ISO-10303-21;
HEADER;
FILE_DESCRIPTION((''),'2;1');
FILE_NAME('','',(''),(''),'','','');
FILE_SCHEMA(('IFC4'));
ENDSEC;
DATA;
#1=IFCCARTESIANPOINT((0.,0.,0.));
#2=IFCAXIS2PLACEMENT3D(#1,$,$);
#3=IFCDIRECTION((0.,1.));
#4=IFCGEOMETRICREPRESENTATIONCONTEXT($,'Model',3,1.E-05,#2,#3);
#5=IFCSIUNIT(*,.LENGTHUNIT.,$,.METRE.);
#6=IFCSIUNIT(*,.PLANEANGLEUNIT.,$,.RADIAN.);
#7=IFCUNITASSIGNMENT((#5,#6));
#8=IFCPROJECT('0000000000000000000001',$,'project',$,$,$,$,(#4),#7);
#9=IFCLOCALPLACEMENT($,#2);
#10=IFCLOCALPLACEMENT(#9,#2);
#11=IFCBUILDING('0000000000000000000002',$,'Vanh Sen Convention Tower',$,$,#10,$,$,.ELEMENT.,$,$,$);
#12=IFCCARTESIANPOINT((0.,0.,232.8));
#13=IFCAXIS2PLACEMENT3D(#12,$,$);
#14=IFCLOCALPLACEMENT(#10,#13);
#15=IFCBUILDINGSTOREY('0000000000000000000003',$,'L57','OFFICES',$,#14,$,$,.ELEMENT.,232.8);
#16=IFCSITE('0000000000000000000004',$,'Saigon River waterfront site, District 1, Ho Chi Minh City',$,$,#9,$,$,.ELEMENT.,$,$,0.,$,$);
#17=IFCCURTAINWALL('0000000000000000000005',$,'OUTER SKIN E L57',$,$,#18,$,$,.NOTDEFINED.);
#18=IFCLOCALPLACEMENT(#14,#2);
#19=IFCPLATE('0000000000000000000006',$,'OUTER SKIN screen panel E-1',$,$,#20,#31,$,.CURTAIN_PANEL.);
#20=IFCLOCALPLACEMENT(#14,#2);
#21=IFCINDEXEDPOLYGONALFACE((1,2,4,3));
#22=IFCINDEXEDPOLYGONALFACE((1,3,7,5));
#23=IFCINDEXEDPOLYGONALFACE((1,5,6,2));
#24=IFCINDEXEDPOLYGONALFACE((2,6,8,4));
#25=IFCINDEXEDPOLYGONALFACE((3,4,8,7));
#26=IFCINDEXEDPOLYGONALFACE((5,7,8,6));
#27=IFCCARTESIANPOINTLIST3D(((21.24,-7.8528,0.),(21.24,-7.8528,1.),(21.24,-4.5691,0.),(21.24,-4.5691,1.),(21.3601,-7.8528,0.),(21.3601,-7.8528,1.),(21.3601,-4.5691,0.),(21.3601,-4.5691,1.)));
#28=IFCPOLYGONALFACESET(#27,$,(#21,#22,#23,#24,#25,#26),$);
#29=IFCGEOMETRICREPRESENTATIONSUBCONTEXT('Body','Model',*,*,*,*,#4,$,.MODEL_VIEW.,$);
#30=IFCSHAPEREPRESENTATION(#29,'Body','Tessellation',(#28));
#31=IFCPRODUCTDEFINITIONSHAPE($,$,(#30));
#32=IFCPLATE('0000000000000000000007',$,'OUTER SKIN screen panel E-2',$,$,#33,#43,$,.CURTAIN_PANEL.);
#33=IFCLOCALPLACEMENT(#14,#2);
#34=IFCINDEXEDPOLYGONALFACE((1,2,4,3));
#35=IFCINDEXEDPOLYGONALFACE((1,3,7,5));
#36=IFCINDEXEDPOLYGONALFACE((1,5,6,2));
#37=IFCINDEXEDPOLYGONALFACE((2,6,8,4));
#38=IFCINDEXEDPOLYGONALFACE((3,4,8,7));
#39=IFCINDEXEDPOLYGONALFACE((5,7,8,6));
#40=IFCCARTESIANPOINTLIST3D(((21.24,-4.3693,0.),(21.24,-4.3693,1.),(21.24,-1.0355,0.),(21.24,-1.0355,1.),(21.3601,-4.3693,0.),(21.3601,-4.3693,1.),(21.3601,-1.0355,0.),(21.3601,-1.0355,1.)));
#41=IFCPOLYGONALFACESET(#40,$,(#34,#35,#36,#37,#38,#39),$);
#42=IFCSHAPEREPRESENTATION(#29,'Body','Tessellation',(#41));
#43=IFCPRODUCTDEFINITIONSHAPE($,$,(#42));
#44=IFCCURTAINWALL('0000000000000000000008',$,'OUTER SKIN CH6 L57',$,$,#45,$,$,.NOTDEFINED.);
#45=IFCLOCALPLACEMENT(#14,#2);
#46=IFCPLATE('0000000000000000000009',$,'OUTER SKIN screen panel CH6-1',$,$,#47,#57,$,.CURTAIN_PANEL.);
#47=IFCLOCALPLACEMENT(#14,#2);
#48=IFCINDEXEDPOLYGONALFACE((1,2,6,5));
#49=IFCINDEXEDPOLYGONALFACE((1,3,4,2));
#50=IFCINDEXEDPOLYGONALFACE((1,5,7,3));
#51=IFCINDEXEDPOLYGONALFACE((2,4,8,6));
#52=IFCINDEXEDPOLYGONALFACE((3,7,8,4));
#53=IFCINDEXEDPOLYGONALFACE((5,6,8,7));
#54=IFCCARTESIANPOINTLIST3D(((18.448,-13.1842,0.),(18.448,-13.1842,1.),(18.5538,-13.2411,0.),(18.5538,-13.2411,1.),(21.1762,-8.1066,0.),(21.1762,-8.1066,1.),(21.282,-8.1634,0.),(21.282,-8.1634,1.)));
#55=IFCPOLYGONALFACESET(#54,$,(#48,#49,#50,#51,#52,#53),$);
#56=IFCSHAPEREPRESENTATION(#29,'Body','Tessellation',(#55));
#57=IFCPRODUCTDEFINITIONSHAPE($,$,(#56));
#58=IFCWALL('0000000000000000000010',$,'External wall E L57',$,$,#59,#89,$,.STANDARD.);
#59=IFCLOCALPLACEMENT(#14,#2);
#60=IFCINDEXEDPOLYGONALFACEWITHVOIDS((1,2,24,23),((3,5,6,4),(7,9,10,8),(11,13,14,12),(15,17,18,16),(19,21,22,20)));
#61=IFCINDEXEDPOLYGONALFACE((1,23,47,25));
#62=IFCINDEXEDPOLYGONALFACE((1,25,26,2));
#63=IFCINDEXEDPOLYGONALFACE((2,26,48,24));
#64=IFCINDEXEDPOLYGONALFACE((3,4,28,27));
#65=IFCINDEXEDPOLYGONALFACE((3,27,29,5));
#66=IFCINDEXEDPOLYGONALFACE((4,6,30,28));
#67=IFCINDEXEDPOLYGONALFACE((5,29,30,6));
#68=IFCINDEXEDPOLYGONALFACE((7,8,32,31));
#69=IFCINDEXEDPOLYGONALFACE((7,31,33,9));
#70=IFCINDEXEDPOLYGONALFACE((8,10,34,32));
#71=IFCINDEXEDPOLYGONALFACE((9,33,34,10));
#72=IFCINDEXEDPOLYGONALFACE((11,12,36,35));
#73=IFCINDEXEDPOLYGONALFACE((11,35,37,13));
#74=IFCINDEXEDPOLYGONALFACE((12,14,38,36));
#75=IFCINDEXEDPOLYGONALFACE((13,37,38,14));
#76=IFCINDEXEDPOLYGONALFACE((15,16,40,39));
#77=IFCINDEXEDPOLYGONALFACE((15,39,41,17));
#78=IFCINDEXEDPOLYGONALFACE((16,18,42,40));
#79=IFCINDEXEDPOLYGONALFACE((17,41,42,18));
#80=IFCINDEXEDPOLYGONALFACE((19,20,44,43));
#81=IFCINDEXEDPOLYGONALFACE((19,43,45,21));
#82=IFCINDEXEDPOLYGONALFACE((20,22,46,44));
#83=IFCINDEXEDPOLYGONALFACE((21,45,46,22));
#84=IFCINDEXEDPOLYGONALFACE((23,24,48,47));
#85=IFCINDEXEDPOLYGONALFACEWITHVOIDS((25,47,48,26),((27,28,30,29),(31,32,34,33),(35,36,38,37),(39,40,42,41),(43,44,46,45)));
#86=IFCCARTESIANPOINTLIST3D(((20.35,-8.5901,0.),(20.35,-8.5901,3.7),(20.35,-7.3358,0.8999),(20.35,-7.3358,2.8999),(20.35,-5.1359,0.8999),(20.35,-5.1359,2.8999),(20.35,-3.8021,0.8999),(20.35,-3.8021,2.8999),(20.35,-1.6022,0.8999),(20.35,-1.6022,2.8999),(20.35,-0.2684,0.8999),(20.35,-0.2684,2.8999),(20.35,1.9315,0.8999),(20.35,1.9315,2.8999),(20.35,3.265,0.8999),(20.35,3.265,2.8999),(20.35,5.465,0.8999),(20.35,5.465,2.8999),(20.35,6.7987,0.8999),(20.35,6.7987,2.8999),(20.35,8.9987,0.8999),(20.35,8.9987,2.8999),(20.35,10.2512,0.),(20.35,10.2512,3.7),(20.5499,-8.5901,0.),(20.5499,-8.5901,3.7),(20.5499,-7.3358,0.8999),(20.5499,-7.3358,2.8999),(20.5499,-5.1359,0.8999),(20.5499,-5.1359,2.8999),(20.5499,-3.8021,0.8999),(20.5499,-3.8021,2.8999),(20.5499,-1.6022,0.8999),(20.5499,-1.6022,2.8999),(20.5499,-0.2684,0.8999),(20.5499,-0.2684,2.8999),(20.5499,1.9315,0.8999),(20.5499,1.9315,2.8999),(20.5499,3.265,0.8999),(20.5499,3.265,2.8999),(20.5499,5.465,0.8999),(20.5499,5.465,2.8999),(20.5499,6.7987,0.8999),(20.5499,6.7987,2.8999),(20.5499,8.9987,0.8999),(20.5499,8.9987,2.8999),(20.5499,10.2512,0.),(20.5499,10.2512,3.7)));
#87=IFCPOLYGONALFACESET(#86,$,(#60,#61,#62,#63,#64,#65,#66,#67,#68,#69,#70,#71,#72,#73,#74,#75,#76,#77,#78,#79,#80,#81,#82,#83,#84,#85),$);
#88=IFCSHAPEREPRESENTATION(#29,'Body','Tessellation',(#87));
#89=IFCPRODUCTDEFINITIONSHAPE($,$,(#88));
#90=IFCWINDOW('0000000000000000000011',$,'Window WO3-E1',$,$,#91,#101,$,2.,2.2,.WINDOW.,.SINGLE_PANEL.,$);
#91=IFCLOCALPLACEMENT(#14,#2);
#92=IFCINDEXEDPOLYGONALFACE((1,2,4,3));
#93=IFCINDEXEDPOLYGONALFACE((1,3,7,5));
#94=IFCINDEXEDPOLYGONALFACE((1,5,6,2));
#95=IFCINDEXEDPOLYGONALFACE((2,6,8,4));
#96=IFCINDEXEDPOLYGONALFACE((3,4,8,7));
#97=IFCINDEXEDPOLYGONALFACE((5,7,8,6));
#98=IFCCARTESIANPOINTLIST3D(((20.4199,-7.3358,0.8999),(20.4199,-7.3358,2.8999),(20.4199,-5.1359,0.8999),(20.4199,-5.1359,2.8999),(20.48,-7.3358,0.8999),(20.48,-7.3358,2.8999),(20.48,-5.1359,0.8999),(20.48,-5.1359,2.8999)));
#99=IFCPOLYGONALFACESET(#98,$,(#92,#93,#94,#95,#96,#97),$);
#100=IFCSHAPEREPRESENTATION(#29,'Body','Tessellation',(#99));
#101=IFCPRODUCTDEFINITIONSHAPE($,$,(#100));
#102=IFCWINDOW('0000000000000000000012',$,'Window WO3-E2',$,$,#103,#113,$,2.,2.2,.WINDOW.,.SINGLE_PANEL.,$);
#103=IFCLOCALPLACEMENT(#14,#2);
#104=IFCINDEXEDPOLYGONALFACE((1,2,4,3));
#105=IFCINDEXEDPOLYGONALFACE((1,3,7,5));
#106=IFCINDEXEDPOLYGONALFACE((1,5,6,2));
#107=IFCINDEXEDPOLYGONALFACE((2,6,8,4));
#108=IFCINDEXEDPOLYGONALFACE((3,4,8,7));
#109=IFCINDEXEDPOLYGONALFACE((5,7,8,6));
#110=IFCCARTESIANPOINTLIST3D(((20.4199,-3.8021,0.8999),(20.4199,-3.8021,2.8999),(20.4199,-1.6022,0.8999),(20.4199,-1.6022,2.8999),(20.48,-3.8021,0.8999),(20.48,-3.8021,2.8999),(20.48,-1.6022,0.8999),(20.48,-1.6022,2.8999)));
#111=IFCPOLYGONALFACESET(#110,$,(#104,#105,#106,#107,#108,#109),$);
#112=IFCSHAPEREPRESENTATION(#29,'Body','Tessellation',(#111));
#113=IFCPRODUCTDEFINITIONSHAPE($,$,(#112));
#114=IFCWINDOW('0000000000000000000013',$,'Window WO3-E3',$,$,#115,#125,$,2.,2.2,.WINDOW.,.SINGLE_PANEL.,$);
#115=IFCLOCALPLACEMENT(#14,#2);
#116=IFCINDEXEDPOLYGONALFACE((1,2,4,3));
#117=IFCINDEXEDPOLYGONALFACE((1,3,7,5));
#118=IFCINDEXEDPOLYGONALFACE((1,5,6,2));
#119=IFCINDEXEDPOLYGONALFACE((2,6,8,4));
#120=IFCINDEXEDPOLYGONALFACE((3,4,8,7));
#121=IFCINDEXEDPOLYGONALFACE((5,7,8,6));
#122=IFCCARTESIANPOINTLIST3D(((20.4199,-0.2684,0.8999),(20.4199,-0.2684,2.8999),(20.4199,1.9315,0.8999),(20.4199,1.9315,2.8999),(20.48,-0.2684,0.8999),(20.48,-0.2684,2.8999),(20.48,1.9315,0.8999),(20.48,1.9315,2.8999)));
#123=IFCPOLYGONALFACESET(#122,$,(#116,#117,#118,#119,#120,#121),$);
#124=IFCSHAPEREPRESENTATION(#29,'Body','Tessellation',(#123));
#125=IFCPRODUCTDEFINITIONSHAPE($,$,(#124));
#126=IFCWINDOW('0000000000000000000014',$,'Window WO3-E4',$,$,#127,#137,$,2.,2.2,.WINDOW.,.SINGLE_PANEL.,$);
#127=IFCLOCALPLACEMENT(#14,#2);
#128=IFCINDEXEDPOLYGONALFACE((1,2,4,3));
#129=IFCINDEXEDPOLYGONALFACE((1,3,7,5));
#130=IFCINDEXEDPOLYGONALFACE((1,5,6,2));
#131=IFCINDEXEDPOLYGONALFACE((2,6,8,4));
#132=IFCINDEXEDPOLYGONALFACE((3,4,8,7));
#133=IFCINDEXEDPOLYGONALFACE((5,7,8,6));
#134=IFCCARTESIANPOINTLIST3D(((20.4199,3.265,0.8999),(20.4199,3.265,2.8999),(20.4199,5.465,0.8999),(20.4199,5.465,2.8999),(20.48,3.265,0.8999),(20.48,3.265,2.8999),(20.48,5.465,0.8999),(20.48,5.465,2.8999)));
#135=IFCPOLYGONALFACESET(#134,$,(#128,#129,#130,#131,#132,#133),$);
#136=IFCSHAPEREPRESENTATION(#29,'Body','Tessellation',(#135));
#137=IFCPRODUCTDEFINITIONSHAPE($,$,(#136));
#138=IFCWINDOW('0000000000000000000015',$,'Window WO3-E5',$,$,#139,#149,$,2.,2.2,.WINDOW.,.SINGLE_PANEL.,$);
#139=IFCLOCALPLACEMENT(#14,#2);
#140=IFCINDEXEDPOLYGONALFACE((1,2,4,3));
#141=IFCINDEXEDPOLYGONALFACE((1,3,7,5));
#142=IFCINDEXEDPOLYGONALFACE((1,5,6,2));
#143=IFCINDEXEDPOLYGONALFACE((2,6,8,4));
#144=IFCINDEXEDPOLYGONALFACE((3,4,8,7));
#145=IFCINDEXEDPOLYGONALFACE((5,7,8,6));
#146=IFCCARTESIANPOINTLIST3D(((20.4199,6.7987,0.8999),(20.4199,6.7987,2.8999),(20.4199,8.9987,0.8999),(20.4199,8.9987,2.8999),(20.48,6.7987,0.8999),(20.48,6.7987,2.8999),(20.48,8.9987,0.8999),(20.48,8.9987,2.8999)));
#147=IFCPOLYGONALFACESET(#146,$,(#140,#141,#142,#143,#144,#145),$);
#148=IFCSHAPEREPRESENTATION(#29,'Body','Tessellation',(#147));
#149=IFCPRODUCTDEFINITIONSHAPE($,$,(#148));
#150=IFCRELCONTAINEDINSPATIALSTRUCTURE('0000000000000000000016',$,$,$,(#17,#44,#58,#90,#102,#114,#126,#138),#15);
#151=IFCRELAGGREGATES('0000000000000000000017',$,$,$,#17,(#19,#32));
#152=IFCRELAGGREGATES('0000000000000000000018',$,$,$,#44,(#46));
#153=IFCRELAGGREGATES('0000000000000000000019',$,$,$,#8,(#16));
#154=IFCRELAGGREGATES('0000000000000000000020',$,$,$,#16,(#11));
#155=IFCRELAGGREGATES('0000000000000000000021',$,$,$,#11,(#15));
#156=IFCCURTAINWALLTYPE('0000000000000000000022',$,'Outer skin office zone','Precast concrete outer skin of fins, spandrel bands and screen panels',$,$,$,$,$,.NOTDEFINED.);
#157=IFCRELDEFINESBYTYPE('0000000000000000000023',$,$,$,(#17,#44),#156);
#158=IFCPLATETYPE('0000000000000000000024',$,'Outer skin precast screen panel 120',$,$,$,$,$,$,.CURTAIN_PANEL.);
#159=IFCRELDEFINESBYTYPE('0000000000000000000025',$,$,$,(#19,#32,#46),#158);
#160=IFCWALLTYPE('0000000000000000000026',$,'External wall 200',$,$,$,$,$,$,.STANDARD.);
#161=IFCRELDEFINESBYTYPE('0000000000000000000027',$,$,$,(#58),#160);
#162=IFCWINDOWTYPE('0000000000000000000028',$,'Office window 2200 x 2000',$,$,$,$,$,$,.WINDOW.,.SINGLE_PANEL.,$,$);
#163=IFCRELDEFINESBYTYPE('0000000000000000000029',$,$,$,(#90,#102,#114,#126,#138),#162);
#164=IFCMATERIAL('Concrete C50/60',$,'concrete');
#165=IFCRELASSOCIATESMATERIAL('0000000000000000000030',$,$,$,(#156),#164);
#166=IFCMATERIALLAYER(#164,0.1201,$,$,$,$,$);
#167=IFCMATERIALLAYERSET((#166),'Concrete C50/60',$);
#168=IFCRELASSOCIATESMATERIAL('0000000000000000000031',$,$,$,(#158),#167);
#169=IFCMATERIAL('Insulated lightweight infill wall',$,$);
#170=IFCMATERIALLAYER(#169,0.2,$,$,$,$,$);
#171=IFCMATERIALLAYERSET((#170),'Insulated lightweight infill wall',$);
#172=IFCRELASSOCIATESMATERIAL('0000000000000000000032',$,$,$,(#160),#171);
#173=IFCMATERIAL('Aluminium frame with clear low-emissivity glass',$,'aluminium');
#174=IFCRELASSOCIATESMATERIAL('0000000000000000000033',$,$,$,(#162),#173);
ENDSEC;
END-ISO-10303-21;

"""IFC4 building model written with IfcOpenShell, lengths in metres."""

from ifc_helpers import new_model, si_unit, direction, frame, frame_2d, origin, origin_2d, place, context, subcontext, project, spatial, rectangle, extrude, material, layer, layer_set, type_object, element, fill, aggregate, save


model = new_model("IFC4")

# Units and contexts
model_context = context("Model", 3, precision=1e-05, world=origin(), true_north=direction((0.0, 1.0)))
body_context = subcontext(model_context, "Body", "Model", "MODEL_VIEW")
ifc_project = project(units=[si_unit("LENGTHUNIT", "METRE"), si_unit("PLANEANGLEUNIT", "RADIAN")], contexts=[model_context])

# Site, building, storey
site_placement = place(None, origin())
site = spatial("IfcSite", under=ifc_project, at=site_placement, Name="Saigon River waterfront site, District 1, Ho Chi Minh City", CompositionType="ELEMENT", RefElevation=0.0)
building_placement = place(site_placement, origin())
building = spatial("IfcBuilding", under=site, at=building_placement, Name="Vanh Sen Convention Tower", CompositionType="ELEMENT")
storey_placement = place(building_placement, frame((0.0, 0.0, 232.8)))
storey = spatial("IfcBuildingStorey", under=building, at=storey_placement, Name="L57", Description="OFFICES", CompositionType="ELEMENT", Elevation=232.8)

# Curtain wall
ifc_material_1 = material(Name="Concrete C50/60", Category="concrete")
curtain_wall_type = type_object("IfcCurtainWallType", Name="Outer skin office zone", Description="Precast concrete outer skin of fins, spandrel bands and screen panels", PredefinedType="NOTDEFINED", material=ifc_material_1)
curtain_wall_1_placement = place(storey_placement, origin())
curtain_wall_1 = element("IfcCurtainWall", 1, at=curtain_wall_1_placement, inside=storey, type_object=curtain_wall_type, Name="OUTER SKIN E L57", PredefinedType="NOTDEFINED")

# Plates
ifc_layer_1 = layer(ifc_material_1, 0.1201)
ifc_layer_set_1 = layer_set([ifc_layer_1], Name="Concrete C50/60")
plate_type = type_object("IfcPlateType", Name="Outer skin precast screen panel 120", PredefinedType="CURTAIN_PANEL", material=ifc_layer_set_1)
plate_1_placement = place(storey_placement, frame((21.3, -6.2109, 0.0), z_axis=(0.0, 0.0, 1.0), x_axis=(0.0, 1.0, 0.0)))
plate_1 = element("IfcPlate", 2, at=plate_1_placement, type_object=plate_type, Name="OUTER SKIN screen panel E-1", PredefinedType="CURTAIN_PANEL", context=body_context, shape_type="SweptSolid", body=[
    extrude(rectangle(XDim=3.2837, YDim=0.1201, at=origin_2d()), origin(), (0.0, 0.0, 1.0), 1.0),
])
plate_2_placement = place(storey_placement, frame((21.3, -2.7024, 0.0), z_axis=(0.0, 0.0, 1.0), x_axis=(0.0, 1.0, 0.0)))
plate_2 = element("IfcPlate", 3, at=plate_2_placement, type_object=plate_type, Name="OUTER SKIN screen panel E-2", PredefinedType="CURTAIN_PANEL", context=body_context, shape_type="SweptSolid", body=[
    extrude(rectangle(XDim=3.3337, YDim=0.1201, at=origin_2d()), origin(), (0.0, 0.0, 1.0), 1.0),
])
aggregate(curtain_wall_1, [plate_1, plate_2])

# Curtain wall, plate
curtain_wall_2_placement = place(storey_placement, origin())
curtain_wall_2 = element("IfcCurtainWall", 4, at=curtain_wall_2_placement, inside=storey, type_object=curtain_wall_type, Name="OUTER SKIN CH6 L57", PredefinedType="NOTDEFINED")
plate_3_placement = place(storey_placement, frame((19.865, -10.6738, 0.0), z_axis=(0.0, 0.0, 1.0), x_axis=(0.473314, 0.880894, 0.0)))
plate_3 = element("IfcPlate", 5, at=plate_3_placement, type_object=plate_type, Name="OUTER SKIN screen panel CH6-1", PredefinedType="CURTAIN_PANEL", context=body_context, shape_type="SweptSolid", body=[
    extrude(rectangle(XDim=5.7642, YDim=0.1201, at=origin_2d()), origin(), (0.0, 0.0, 1.0), 1.0),
])
aggregate(curtain_wall_2, [plate_3])

# Wall, openings, windows
ifc_material_2 = material(Name="Insulated lightweight infill wall")
ifc_layer_2 = layer(ifc_material_2, 0.2)
ifc_layer_set_2 = layer_set([ifc_layer_2], Name="Insulated lightweight infill wall")
wall_type = type_object("IfcWallType", Name="External wall 200", PredefinedType="STANDARD", material=ifc_layer_set_2)
wall_1_placement = place(storey_placement, frame((20.45, -8.5901, 0.0), z_axis=(0.0, 0.0, 1.0), x_axis=(0.0, 1.0, 0.0)))
wall_1 = element("IfcWall", 6, at=wall_1_placement, inside=storey, type_object=wall_type, Name="External wall E L57", PredefinedType="STANDARD", context=body_context, shape_type="SweptSolid", body=[
    extrude(rectangle(XDim=18.8413, YDim=0.2, at=frame_2d((9.4207, 0.0))), origin(), (0.0, 0.0, 1.0), 3.7),
])
opening_1_placement = place(wall_1_placement, frame((1.2542, 0.0, 0.8999)))
opening_1 = element("IfcOpeningElement", 7, at=opening_1_placement, cuts=wall_1, PredefinedType="OPENING", context=body_context, shape_type="SweptSolid", body=[
    extrude(rectangle(XDim=2.2, YDim=2.0, at=frame_2d((1.1001, 1.0))), frame((0.0, 0.1099, 0.0), z_axis=(0.0, -1.0, 0.0), x_axis=(1.0, 0.0, 0.0)), (0.0, 0.0, 1.0), 0.22),
])
opening_2_placement = place(wall_1_placement, frame((4.7878, 0.0, 0.8999)))
opening_2 = element("IfcOpeningElement", 8, at=opening_2_placement, cuts=wall_1, PredefinedType="OPENING", context=body_context, shape_type="SweptSolid", body=[
    extrude(rectangle(XDim=2.2, YDim=2.0, at=frame_2d((1.1001, 1.0))), frame((0.0, 0.1099, 0.0), z_axis=(0.0, -1.0, 0.0), x_axis=(1.0, 0.0, 0.0)), (0.0, 0.0, 1.0), 0.22),
])
opening_3_placement = place(wall_1_placement, frame((8.3215, 0.0, 0.8999)))
opening_3 = element("IfcOpeningElement", 9, at=opening_3_placement, cuts=wall_1, PredefinedType="OPENING", context=body_context, shape_type="SweptSolid", body=[
    extrude(rectangle(XDim=2.2, YDim=2.0, at=frame_2d((1.1001, 1.0))), frame((0.0, 0.1099, 0.0), z_axis=(0.0, -1.0, 0.0), x_axis=(1.0, 0.0, 0.0)), (0.0, 0.0, 1.0), 0.22),
])
opening_4_placement = place(wall_1_placement, frame((11.855, 0.0, 0.8999)))
opening_4 = element("IfcOpeningElement", 10, at=opening_4_placement, cuts=wall_1, PredefinedType="OPENING", context=body_context, shape_type="SweptSolid", body=[
    extrude(rectangle(XDim=2.2, YDim=2.0, at=frame_2d((1.1001, 1.0))), frame((0.0, 0.1099, 0.0), z_axis=(0.0, -1.0, 0.0), x_axis=(1.0, 0.0, 0.0)), (0.0, 0.0, 1.0), 0.22),
])
opening_5_placement = place(wall_1_placement, frame((15.3887, 0.0, 0.8999)))
opening_5 = element("IfcOpeningElement", 11, at=opening_5_placement, cuts=wall_1, PredefinedType="OPENING", context=body_context, shape_type="SweptSolid", body=[
    extrude(rectangle(XDim=2.2, YDim=2.0, at=frame_2d((1.1001, 1.0))), frame((0.0, 0.1099, 0.0), z_axis=(0.0, -1.0, 0.0), x_axis=(1.0, 0.0, 0.0)), (0.0, 0.0, 1.0), 0.22),
])
ifc_material_3 = material(Name="Aluminium frame with clear low-emissivity glass", Category="aluminium")
window_type_1 = type_object("IfcWindowType", Name="Office window 2200 x 2000", PartitioningType="SINGLE_PANEL", PredefinedType="WINDOW", material=ifc_material_3)
window_1_placement = place(opening_1_placement, origin())
window_1 = element("IfcWindow", 12, at=window_1_placement, inside=storey, type_object=window_type_1, Name="Window WO3-E1", OverallHeight=2.0, OverallWidth=2.2, PartitioningType="SINGLE_PANEL", PredefinedType="WINDOW", context=body_context, shape_type="SweptSolid", body=[
    extrude(rectangle(XDim=2.2, YDim=2.0, at=frame_2d((1.1001, 1.0))), frame((0.0, 0.03, 0.0), z_axis=(0.0, -1.0, 0.0), x_axis=(1.0, 0.0, 0.0)), (0.0, 0.0, 1.0), 0.0601),
])
fill(opening_1, window_1)
window_2_placement = place(opening_2_placement, origin())
window_2 = element("IfcWindow", 13, at=window_2_placement, inside=storey, type_object=window_type_1, Name="Window WO3-E2", OverallHeight=2.0, OverallWidth=2.2, PartitioningType="SINGLE_PANEL", PredefinedType="WINDOW", context=body_context, shape_type="SweptSolid", body=[
    extrude(rectangle(XDim=2.2, YDim=2.0, at=frame_2d((1.1001, 1.0))), frame((0.0, 0.03, 0.0), z_axis=(0.0, -1.0, 0.0), x_axis=(1.0, 0.0, 0.0)), (0.0, 0.0, 1.0), 0.0601),
])
fill(opening_2, window_2)
window_3_placement = place(opening_3_placement, origin())
window_3 = element("IfcWindow", 14, at=window_3_placement, inside=storey, type_object=window_type_1, Name="Window WO3-E3", OverallHeight=2.0, OverallWidth=2.2, PartitioningType="SINGLE_PANEL", PredefinedType="WINDOW", context=body_context, shape_type="SweptSolid", body=[
    extrude(rectangle(XDim=2.2, YDim=2.0, at=frame_2d((1.1001, 1.0))), frame((0.0, 0.03, 0.0), z_axis=(0.0, -1.0, 0.0), x_axis=(1.0, 0.0, 0.0)), (0.0, 0.0, 1.0), 0.0601),
])
fill(opening_3, window_3)
window_4_placement = place(opening_4_placement, origin())
window_4 = element("IfcWindow", 15, at=window_4_placement, inside=storey, type_object=window_type_1, Name="Window WO3-E4", OverallHeight=2.0, OverallWidth=2.2, PartitioningType="SINGLE_PANEL", PredefinedType="WINDOW", context=body_context, shape_type="SweptSolid", body=[
    extrude(rectangle(XDim=2.2, YDim=2.0, at=frame_2d((1.1001, 1.0))), frame((0.0, 0.03, 0.0), z_axis=(0.0, -1.0, 0.0), x_axis=(1.0, 0.0, 0.0)), (0.0, 0.0, 1.0), 0.0601),
])
fill(opening_4, window_4)
window_5_placement = place(opening_5_placement, origin())
window_5 = element("IfcWindow", 16, at=window_5_placement, inside=storey, type_object=window_type_1, Name="Window WO3-E5", OverallHeight=2.0, OverallWidth=2.2, PartitioningType="SINGLE_PANEL", PredefinedType="WINDOW", context=body_context, shape_type="SweptSolid", body=[
    extrude(rectangle(XDim=2.2, YDim=2.0, at=frame_2d((1.1001, 1.0))), frame((0.0, 0.03, 0.0), z_axis=(0.0, -1.0, 0.0), x_axis=(1.0, 0.0, 0.0)), (0.0, 0.0, 1.0), 0.0601),
])
fill(opening_5, window_5)

save(model, "model.ifc")
